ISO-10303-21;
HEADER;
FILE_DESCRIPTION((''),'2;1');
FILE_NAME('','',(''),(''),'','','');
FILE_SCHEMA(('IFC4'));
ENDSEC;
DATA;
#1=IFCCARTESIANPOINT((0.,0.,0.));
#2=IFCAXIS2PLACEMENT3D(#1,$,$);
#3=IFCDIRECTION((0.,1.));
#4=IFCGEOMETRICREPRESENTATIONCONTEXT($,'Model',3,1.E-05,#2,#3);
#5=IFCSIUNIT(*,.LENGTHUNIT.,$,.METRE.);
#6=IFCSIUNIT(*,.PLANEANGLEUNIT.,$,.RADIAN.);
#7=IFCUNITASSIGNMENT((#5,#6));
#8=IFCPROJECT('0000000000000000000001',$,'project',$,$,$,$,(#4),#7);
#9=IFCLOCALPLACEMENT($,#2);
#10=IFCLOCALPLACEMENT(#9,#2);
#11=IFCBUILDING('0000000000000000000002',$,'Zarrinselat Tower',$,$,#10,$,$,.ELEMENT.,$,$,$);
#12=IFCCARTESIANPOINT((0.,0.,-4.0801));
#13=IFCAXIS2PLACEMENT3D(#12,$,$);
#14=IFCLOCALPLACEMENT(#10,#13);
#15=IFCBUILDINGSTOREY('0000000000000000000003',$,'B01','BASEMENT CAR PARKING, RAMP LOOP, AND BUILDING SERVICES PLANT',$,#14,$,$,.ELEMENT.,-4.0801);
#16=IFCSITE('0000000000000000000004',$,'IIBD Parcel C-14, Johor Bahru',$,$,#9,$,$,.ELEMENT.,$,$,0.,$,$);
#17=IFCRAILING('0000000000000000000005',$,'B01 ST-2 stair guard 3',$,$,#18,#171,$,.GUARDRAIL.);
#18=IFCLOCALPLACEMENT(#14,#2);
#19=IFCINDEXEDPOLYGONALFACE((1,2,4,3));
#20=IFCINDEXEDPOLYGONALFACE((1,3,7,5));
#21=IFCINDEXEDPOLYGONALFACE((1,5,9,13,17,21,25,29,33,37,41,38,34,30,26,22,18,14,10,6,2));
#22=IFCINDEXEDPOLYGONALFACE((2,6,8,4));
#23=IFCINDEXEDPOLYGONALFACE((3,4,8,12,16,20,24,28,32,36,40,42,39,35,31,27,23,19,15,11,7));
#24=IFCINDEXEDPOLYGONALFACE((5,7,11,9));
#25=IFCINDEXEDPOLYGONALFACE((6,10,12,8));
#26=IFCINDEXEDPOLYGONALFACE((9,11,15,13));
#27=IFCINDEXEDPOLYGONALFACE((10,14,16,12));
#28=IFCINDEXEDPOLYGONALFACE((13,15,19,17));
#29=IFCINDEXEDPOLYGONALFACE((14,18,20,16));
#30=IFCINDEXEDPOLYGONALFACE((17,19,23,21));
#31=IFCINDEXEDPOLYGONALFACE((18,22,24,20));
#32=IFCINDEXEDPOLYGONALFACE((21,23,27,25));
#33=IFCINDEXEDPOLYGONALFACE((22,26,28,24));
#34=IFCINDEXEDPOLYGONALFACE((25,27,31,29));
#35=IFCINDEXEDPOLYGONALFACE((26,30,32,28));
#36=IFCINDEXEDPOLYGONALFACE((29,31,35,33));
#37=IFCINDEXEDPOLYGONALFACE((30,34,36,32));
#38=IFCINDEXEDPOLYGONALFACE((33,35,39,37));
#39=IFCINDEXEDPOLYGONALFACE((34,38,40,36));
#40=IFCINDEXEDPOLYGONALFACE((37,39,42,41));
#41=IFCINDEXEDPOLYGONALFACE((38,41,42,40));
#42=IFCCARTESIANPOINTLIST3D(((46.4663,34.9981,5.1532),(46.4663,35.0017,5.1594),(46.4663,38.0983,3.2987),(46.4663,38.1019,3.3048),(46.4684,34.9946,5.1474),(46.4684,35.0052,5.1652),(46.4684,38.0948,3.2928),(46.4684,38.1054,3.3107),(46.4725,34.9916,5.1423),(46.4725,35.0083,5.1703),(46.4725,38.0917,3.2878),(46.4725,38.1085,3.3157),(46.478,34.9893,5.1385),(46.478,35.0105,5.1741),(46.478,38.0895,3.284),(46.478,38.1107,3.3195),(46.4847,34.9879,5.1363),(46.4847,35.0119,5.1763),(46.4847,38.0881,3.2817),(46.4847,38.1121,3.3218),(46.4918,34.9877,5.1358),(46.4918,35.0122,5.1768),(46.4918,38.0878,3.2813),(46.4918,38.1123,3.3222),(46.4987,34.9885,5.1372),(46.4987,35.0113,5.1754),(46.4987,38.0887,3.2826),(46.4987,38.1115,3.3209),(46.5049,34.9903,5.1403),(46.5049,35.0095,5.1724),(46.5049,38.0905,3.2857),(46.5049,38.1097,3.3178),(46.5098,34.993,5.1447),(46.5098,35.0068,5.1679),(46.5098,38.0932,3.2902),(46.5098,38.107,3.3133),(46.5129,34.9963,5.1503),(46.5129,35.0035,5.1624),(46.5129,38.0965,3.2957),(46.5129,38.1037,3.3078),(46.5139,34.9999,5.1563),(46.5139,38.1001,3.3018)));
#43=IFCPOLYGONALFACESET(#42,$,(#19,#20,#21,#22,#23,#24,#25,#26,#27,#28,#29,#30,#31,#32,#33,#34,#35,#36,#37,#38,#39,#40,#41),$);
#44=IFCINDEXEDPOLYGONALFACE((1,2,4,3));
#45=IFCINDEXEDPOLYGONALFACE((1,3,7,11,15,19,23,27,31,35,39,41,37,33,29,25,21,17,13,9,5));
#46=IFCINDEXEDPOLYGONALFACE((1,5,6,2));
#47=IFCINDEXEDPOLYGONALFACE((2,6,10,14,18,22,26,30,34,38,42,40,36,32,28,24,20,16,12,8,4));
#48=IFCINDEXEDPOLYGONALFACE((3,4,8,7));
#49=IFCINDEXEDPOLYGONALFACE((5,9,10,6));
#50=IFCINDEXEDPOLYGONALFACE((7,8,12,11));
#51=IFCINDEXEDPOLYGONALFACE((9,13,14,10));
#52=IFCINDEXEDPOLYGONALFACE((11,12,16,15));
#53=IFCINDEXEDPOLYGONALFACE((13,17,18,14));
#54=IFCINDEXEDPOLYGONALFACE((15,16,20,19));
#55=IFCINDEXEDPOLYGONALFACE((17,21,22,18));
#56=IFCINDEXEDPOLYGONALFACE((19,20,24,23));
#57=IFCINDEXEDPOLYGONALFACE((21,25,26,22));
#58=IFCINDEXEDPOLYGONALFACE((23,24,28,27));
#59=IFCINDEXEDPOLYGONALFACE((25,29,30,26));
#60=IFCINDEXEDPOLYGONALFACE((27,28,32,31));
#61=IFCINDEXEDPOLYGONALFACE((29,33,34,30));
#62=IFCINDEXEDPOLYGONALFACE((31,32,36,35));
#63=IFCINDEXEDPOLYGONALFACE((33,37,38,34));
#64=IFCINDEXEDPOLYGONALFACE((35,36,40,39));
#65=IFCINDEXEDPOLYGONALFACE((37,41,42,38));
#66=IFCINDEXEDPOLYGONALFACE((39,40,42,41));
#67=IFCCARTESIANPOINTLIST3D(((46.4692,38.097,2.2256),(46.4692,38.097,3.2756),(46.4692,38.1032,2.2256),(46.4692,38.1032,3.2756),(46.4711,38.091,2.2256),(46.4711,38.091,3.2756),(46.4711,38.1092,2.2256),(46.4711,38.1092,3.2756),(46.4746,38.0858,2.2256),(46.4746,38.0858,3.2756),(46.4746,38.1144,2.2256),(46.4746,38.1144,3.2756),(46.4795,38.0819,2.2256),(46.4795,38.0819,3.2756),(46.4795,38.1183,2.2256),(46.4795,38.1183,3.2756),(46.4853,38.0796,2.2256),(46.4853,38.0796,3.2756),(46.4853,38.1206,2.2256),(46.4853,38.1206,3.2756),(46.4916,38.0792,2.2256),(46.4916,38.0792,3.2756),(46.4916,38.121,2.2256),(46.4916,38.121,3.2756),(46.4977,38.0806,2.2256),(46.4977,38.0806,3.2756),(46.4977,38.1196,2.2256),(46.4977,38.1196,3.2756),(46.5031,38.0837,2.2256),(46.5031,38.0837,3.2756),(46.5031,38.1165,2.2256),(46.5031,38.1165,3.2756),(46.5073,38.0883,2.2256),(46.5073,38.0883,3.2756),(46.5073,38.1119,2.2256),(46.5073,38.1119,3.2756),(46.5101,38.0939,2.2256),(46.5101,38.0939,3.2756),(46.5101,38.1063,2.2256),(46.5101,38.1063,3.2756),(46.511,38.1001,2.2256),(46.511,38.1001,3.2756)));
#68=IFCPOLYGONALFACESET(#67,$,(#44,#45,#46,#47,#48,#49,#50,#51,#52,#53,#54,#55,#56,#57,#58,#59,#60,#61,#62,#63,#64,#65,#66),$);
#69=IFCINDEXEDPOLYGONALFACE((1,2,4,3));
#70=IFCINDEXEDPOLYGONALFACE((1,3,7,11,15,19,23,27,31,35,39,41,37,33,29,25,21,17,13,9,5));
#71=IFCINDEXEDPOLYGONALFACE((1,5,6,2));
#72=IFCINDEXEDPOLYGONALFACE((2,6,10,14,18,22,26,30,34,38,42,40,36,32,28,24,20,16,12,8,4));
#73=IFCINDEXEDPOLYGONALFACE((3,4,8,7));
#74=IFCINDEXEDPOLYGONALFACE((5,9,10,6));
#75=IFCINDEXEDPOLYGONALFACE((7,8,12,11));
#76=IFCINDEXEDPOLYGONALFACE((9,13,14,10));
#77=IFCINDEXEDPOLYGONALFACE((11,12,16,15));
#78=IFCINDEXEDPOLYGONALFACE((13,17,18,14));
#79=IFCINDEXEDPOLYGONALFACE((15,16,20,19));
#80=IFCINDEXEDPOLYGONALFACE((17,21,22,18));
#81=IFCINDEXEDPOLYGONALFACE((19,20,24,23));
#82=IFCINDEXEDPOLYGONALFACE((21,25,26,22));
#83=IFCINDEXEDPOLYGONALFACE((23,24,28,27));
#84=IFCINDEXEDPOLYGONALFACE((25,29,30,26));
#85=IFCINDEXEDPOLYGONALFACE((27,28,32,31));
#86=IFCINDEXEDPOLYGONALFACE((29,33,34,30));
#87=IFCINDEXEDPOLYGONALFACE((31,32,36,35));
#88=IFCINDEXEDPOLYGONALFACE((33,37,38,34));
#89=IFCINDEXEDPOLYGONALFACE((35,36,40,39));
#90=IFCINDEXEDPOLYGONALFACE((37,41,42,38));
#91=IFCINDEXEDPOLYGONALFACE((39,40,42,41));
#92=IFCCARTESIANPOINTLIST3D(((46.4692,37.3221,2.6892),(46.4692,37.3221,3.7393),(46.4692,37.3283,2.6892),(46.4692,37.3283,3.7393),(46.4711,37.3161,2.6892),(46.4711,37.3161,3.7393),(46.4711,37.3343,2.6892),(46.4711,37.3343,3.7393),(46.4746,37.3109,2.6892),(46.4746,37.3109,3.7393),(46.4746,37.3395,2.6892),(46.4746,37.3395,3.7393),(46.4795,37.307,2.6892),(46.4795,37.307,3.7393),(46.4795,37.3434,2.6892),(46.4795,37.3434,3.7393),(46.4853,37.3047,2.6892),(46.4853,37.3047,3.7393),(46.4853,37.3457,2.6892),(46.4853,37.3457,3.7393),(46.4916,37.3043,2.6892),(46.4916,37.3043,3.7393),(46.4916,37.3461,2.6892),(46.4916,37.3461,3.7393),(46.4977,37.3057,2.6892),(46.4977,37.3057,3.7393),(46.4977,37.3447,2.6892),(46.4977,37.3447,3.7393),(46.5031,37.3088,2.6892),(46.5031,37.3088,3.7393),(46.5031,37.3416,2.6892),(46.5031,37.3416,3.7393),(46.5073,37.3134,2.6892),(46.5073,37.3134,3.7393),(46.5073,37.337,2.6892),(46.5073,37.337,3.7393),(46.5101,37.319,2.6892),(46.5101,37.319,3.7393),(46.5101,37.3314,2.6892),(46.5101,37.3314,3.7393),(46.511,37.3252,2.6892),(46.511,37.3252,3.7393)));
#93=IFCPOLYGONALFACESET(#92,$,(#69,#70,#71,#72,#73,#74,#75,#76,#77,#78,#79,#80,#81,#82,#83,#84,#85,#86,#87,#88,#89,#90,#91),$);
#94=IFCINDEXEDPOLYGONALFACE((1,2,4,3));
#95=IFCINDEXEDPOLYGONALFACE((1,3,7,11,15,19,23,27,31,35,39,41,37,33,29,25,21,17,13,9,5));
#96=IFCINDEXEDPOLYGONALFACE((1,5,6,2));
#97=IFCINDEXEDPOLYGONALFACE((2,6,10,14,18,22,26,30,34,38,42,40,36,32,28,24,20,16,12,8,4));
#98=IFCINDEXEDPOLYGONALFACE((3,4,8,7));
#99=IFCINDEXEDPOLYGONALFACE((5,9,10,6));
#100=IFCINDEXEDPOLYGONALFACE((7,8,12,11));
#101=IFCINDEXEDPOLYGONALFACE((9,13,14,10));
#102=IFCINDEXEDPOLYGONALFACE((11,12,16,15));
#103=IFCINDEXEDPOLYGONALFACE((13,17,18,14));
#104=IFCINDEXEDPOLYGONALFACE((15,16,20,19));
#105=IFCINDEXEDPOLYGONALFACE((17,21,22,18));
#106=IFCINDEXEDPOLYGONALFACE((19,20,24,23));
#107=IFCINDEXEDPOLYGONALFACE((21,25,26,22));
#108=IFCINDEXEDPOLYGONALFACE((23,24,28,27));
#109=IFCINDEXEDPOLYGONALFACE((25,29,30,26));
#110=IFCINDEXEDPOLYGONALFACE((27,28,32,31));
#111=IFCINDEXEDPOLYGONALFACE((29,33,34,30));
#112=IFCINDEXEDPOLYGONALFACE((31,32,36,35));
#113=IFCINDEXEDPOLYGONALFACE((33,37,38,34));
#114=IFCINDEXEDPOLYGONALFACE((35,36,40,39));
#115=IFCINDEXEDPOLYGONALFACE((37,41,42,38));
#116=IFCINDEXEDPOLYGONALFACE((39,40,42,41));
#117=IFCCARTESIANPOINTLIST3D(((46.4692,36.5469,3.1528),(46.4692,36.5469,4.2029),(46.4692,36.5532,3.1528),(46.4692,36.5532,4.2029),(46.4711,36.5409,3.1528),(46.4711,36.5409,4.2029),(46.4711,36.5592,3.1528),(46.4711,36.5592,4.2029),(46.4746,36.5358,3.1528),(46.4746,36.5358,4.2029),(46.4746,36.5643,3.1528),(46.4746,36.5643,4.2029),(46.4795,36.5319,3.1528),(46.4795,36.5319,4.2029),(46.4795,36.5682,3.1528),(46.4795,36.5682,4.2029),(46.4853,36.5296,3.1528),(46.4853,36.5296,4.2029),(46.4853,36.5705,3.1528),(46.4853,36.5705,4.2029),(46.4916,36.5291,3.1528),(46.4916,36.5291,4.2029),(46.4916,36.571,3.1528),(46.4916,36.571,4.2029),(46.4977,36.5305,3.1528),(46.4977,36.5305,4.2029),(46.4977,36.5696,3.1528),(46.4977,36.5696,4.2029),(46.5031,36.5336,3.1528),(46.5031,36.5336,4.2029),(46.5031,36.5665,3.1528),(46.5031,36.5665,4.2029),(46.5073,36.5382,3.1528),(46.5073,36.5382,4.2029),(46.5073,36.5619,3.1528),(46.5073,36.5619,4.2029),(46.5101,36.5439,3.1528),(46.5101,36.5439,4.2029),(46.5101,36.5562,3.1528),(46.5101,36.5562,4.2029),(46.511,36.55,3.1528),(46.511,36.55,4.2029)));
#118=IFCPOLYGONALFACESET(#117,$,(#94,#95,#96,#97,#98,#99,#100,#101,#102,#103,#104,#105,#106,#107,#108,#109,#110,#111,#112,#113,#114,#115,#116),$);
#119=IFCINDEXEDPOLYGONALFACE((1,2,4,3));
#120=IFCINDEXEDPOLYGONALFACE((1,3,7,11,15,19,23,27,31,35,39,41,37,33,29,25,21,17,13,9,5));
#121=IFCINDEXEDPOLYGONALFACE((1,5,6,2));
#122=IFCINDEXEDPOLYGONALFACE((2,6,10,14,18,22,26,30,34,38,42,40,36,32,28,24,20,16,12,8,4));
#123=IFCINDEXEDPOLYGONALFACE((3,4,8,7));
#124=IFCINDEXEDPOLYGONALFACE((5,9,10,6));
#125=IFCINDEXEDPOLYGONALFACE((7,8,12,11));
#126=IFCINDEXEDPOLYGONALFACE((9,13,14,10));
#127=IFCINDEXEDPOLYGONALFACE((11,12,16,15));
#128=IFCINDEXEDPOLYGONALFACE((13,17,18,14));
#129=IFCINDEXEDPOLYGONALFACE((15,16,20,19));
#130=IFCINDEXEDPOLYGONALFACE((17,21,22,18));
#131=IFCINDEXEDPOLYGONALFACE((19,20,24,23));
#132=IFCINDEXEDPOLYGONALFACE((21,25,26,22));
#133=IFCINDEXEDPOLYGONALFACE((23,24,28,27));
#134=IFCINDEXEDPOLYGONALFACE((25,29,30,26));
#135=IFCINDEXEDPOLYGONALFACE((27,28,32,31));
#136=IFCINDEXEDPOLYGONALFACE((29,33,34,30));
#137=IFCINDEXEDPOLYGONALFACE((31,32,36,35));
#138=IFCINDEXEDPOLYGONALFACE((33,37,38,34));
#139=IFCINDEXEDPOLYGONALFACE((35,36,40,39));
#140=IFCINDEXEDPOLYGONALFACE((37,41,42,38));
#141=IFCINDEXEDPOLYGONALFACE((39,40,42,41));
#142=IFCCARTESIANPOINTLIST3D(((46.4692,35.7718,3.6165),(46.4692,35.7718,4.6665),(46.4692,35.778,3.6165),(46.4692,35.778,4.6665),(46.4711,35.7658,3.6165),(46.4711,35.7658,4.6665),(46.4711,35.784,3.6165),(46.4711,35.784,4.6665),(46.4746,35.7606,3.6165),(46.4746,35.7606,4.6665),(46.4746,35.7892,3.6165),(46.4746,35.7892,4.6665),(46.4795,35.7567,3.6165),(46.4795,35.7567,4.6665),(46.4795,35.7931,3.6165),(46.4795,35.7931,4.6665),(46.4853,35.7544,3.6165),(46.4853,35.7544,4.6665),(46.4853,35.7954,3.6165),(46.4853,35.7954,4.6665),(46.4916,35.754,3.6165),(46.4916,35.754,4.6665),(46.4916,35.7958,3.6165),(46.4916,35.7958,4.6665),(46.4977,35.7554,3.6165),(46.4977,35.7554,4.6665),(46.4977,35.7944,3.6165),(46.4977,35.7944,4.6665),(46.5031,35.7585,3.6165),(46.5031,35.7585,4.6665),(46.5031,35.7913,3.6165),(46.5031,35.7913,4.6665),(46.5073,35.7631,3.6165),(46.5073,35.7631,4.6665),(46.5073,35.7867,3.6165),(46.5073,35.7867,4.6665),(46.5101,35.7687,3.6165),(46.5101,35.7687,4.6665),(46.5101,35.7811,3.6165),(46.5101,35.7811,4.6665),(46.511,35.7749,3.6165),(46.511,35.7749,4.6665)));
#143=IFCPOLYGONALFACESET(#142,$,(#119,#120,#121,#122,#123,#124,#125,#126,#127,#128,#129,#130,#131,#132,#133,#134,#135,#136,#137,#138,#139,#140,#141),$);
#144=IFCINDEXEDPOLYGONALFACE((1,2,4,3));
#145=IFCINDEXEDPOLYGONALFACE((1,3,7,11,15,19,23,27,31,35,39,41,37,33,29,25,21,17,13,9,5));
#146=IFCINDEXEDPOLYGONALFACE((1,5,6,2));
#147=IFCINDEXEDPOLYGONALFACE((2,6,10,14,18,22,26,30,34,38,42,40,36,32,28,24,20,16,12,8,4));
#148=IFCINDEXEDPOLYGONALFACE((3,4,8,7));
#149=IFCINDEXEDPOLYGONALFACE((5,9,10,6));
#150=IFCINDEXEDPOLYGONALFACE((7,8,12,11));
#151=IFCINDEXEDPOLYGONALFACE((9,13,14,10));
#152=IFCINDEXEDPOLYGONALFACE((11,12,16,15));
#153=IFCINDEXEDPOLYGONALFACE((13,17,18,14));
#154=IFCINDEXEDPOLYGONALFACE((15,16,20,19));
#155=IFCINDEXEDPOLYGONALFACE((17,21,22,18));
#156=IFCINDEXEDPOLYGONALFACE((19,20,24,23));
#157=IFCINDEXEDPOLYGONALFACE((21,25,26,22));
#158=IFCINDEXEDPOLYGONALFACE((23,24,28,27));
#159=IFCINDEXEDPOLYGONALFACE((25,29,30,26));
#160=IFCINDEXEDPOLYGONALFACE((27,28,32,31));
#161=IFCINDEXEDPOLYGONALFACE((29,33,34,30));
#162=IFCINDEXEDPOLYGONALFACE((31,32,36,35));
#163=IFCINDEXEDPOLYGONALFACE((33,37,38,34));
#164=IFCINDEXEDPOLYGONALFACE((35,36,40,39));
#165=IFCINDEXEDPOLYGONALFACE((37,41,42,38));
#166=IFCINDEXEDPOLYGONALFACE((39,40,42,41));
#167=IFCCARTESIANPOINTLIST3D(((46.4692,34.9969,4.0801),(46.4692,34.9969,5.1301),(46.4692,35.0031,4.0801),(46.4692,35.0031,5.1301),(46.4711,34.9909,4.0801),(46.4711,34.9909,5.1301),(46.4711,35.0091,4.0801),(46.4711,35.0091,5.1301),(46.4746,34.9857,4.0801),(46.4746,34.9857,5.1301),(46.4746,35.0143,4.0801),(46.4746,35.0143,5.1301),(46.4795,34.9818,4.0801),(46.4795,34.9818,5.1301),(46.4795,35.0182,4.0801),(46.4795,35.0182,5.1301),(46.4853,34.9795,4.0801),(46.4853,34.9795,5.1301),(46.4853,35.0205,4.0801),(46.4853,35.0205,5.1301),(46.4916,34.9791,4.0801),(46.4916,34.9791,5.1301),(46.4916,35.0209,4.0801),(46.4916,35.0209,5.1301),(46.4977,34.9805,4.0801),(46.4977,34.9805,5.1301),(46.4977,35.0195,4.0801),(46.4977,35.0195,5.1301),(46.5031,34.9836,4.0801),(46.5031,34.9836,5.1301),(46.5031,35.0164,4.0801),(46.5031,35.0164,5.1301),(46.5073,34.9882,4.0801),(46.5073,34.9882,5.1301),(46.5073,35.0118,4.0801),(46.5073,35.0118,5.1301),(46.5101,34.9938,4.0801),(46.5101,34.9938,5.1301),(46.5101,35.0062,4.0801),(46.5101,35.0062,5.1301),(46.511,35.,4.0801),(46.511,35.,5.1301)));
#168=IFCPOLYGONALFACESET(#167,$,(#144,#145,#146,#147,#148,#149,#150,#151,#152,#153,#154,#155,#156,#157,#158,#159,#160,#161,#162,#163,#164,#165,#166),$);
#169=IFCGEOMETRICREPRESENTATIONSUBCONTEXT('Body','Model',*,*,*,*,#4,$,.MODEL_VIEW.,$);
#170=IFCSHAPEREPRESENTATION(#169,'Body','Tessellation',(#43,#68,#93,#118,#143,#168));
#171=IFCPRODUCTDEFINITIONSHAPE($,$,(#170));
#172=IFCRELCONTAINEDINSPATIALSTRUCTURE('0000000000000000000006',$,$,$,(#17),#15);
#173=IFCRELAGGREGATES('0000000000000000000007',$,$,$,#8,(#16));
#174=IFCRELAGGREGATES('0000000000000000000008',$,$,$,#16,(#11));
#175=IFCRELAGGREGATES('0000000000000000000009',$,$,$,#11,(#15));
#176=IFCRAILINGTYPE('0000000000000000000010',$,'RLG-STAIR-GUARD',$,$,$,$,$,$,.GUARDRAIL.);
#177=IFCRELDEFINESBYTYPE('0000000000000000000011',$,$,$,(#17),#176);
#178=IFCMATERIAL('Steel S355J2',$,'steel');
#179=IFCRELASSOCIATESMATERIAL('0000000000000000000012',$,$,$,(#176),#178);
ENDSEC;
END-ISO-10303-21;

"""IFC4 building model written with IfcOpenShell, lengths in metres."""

from ifc_helpers import new_model, si_unit, direction, frame, origin, origin_2d, place, context, subcontext, project, spatial, circle, extrude, material, type_object, element, save


model = new_model("IFC4")

# Units and contexts
model_context = context("Model", 3, precision=1e-05, world=origin(), true_north=direction((0.0, 1.0)))
body_context = subcontext(model_context, "Body", "Model", "MODEL_VIEW")
ifc_project = project(units=[si_unit("LENGTHUNIT", "METRE"), si_unit("PLANEANGLEUNIT", "RADIAN")], contexts=[model_context])

# Site, building, storey
site_placement = place(None, origin())
site = spatial("IfcSite", under=ifc_project, at=site_placement, Name="IIBD Parcel C-14, Johor Bahru", CompositionType="ELEMENT", RefElevation=0.0)
building_placement = place(site_placement, origin())
building = spatial("IfcBuilding", under=site, at=building_placement, Name="Zarrinselat Tower", CompositionType="ELEMENT")
storey_placement = place(building_placement, frame((0.0, 0.0, -4.0801)))
storey = spatial("IfcBuildingStorey", under=building, at=storey_placement, Name="B01", Description="BASEMENT CAR PARKING, RAMP LOOP, AND BUILDING SERVICES PLANT", CompositionType="ELEMENT", Elevation=-4.0801)

# Railing
ifc_material_1 = material(Name="Steel S355J2", Category="steel")
railing_type = type_object("IfcRailingType", Name="RLG-STAIR-GUARD", PredefinedType="GUARDRAIL", material=ifc_material_1)
railing_1_placement = place(storey_placement, frame((46.49, 38.1001, 2.2256)))
element("IfcRailing", 1, at=railing_1_placement, inside=storey, type_object=railing_type, Name="B01 ST-2 stair guard 3", PredefinedType="GUARDRAIL", context=body_context, shape_type="SweptSolid", body=[
    extrude(circle(Radius=0.0239, at=origin_2d()), frame((0.0, 0.0, 1.0762), z_axis=(0.0, -0.858172, 0.513362), x_axis=(1.0, 0.0, 0.0)), (0.0, 0.0, 1.0), 3.6125),
    extrude(circle(Radius=0.021, at=origin_2d()), origin(), (0.0, 0.0, 1.0), 1.05),
    extrude(circle(Radius=0.021, at=origin_2d()), frame((0.0, -0.7749, 0.4636)), (0.0, 0.0, 1.0), 1.05),
    extrude(circle(Radius=0.021, at=origin_2d()), frame((0.0, -1.55, 0.9272)), (0.0, 0.0, 1.0), 1.05),
    extrude(circle(Radius=0.021, at=origin_2d()), frame((0.0, -2.3252, 1.3909)), (0.0, 0.0, 1.0), 1.05),
    extrude(circle(Radius=0.021, at=origin_2d()), frame((0.0, -3.1001, 1.8545)), (0.0, 0.0, 1.0), 1.05),
])

save(model, "model.ifc")
